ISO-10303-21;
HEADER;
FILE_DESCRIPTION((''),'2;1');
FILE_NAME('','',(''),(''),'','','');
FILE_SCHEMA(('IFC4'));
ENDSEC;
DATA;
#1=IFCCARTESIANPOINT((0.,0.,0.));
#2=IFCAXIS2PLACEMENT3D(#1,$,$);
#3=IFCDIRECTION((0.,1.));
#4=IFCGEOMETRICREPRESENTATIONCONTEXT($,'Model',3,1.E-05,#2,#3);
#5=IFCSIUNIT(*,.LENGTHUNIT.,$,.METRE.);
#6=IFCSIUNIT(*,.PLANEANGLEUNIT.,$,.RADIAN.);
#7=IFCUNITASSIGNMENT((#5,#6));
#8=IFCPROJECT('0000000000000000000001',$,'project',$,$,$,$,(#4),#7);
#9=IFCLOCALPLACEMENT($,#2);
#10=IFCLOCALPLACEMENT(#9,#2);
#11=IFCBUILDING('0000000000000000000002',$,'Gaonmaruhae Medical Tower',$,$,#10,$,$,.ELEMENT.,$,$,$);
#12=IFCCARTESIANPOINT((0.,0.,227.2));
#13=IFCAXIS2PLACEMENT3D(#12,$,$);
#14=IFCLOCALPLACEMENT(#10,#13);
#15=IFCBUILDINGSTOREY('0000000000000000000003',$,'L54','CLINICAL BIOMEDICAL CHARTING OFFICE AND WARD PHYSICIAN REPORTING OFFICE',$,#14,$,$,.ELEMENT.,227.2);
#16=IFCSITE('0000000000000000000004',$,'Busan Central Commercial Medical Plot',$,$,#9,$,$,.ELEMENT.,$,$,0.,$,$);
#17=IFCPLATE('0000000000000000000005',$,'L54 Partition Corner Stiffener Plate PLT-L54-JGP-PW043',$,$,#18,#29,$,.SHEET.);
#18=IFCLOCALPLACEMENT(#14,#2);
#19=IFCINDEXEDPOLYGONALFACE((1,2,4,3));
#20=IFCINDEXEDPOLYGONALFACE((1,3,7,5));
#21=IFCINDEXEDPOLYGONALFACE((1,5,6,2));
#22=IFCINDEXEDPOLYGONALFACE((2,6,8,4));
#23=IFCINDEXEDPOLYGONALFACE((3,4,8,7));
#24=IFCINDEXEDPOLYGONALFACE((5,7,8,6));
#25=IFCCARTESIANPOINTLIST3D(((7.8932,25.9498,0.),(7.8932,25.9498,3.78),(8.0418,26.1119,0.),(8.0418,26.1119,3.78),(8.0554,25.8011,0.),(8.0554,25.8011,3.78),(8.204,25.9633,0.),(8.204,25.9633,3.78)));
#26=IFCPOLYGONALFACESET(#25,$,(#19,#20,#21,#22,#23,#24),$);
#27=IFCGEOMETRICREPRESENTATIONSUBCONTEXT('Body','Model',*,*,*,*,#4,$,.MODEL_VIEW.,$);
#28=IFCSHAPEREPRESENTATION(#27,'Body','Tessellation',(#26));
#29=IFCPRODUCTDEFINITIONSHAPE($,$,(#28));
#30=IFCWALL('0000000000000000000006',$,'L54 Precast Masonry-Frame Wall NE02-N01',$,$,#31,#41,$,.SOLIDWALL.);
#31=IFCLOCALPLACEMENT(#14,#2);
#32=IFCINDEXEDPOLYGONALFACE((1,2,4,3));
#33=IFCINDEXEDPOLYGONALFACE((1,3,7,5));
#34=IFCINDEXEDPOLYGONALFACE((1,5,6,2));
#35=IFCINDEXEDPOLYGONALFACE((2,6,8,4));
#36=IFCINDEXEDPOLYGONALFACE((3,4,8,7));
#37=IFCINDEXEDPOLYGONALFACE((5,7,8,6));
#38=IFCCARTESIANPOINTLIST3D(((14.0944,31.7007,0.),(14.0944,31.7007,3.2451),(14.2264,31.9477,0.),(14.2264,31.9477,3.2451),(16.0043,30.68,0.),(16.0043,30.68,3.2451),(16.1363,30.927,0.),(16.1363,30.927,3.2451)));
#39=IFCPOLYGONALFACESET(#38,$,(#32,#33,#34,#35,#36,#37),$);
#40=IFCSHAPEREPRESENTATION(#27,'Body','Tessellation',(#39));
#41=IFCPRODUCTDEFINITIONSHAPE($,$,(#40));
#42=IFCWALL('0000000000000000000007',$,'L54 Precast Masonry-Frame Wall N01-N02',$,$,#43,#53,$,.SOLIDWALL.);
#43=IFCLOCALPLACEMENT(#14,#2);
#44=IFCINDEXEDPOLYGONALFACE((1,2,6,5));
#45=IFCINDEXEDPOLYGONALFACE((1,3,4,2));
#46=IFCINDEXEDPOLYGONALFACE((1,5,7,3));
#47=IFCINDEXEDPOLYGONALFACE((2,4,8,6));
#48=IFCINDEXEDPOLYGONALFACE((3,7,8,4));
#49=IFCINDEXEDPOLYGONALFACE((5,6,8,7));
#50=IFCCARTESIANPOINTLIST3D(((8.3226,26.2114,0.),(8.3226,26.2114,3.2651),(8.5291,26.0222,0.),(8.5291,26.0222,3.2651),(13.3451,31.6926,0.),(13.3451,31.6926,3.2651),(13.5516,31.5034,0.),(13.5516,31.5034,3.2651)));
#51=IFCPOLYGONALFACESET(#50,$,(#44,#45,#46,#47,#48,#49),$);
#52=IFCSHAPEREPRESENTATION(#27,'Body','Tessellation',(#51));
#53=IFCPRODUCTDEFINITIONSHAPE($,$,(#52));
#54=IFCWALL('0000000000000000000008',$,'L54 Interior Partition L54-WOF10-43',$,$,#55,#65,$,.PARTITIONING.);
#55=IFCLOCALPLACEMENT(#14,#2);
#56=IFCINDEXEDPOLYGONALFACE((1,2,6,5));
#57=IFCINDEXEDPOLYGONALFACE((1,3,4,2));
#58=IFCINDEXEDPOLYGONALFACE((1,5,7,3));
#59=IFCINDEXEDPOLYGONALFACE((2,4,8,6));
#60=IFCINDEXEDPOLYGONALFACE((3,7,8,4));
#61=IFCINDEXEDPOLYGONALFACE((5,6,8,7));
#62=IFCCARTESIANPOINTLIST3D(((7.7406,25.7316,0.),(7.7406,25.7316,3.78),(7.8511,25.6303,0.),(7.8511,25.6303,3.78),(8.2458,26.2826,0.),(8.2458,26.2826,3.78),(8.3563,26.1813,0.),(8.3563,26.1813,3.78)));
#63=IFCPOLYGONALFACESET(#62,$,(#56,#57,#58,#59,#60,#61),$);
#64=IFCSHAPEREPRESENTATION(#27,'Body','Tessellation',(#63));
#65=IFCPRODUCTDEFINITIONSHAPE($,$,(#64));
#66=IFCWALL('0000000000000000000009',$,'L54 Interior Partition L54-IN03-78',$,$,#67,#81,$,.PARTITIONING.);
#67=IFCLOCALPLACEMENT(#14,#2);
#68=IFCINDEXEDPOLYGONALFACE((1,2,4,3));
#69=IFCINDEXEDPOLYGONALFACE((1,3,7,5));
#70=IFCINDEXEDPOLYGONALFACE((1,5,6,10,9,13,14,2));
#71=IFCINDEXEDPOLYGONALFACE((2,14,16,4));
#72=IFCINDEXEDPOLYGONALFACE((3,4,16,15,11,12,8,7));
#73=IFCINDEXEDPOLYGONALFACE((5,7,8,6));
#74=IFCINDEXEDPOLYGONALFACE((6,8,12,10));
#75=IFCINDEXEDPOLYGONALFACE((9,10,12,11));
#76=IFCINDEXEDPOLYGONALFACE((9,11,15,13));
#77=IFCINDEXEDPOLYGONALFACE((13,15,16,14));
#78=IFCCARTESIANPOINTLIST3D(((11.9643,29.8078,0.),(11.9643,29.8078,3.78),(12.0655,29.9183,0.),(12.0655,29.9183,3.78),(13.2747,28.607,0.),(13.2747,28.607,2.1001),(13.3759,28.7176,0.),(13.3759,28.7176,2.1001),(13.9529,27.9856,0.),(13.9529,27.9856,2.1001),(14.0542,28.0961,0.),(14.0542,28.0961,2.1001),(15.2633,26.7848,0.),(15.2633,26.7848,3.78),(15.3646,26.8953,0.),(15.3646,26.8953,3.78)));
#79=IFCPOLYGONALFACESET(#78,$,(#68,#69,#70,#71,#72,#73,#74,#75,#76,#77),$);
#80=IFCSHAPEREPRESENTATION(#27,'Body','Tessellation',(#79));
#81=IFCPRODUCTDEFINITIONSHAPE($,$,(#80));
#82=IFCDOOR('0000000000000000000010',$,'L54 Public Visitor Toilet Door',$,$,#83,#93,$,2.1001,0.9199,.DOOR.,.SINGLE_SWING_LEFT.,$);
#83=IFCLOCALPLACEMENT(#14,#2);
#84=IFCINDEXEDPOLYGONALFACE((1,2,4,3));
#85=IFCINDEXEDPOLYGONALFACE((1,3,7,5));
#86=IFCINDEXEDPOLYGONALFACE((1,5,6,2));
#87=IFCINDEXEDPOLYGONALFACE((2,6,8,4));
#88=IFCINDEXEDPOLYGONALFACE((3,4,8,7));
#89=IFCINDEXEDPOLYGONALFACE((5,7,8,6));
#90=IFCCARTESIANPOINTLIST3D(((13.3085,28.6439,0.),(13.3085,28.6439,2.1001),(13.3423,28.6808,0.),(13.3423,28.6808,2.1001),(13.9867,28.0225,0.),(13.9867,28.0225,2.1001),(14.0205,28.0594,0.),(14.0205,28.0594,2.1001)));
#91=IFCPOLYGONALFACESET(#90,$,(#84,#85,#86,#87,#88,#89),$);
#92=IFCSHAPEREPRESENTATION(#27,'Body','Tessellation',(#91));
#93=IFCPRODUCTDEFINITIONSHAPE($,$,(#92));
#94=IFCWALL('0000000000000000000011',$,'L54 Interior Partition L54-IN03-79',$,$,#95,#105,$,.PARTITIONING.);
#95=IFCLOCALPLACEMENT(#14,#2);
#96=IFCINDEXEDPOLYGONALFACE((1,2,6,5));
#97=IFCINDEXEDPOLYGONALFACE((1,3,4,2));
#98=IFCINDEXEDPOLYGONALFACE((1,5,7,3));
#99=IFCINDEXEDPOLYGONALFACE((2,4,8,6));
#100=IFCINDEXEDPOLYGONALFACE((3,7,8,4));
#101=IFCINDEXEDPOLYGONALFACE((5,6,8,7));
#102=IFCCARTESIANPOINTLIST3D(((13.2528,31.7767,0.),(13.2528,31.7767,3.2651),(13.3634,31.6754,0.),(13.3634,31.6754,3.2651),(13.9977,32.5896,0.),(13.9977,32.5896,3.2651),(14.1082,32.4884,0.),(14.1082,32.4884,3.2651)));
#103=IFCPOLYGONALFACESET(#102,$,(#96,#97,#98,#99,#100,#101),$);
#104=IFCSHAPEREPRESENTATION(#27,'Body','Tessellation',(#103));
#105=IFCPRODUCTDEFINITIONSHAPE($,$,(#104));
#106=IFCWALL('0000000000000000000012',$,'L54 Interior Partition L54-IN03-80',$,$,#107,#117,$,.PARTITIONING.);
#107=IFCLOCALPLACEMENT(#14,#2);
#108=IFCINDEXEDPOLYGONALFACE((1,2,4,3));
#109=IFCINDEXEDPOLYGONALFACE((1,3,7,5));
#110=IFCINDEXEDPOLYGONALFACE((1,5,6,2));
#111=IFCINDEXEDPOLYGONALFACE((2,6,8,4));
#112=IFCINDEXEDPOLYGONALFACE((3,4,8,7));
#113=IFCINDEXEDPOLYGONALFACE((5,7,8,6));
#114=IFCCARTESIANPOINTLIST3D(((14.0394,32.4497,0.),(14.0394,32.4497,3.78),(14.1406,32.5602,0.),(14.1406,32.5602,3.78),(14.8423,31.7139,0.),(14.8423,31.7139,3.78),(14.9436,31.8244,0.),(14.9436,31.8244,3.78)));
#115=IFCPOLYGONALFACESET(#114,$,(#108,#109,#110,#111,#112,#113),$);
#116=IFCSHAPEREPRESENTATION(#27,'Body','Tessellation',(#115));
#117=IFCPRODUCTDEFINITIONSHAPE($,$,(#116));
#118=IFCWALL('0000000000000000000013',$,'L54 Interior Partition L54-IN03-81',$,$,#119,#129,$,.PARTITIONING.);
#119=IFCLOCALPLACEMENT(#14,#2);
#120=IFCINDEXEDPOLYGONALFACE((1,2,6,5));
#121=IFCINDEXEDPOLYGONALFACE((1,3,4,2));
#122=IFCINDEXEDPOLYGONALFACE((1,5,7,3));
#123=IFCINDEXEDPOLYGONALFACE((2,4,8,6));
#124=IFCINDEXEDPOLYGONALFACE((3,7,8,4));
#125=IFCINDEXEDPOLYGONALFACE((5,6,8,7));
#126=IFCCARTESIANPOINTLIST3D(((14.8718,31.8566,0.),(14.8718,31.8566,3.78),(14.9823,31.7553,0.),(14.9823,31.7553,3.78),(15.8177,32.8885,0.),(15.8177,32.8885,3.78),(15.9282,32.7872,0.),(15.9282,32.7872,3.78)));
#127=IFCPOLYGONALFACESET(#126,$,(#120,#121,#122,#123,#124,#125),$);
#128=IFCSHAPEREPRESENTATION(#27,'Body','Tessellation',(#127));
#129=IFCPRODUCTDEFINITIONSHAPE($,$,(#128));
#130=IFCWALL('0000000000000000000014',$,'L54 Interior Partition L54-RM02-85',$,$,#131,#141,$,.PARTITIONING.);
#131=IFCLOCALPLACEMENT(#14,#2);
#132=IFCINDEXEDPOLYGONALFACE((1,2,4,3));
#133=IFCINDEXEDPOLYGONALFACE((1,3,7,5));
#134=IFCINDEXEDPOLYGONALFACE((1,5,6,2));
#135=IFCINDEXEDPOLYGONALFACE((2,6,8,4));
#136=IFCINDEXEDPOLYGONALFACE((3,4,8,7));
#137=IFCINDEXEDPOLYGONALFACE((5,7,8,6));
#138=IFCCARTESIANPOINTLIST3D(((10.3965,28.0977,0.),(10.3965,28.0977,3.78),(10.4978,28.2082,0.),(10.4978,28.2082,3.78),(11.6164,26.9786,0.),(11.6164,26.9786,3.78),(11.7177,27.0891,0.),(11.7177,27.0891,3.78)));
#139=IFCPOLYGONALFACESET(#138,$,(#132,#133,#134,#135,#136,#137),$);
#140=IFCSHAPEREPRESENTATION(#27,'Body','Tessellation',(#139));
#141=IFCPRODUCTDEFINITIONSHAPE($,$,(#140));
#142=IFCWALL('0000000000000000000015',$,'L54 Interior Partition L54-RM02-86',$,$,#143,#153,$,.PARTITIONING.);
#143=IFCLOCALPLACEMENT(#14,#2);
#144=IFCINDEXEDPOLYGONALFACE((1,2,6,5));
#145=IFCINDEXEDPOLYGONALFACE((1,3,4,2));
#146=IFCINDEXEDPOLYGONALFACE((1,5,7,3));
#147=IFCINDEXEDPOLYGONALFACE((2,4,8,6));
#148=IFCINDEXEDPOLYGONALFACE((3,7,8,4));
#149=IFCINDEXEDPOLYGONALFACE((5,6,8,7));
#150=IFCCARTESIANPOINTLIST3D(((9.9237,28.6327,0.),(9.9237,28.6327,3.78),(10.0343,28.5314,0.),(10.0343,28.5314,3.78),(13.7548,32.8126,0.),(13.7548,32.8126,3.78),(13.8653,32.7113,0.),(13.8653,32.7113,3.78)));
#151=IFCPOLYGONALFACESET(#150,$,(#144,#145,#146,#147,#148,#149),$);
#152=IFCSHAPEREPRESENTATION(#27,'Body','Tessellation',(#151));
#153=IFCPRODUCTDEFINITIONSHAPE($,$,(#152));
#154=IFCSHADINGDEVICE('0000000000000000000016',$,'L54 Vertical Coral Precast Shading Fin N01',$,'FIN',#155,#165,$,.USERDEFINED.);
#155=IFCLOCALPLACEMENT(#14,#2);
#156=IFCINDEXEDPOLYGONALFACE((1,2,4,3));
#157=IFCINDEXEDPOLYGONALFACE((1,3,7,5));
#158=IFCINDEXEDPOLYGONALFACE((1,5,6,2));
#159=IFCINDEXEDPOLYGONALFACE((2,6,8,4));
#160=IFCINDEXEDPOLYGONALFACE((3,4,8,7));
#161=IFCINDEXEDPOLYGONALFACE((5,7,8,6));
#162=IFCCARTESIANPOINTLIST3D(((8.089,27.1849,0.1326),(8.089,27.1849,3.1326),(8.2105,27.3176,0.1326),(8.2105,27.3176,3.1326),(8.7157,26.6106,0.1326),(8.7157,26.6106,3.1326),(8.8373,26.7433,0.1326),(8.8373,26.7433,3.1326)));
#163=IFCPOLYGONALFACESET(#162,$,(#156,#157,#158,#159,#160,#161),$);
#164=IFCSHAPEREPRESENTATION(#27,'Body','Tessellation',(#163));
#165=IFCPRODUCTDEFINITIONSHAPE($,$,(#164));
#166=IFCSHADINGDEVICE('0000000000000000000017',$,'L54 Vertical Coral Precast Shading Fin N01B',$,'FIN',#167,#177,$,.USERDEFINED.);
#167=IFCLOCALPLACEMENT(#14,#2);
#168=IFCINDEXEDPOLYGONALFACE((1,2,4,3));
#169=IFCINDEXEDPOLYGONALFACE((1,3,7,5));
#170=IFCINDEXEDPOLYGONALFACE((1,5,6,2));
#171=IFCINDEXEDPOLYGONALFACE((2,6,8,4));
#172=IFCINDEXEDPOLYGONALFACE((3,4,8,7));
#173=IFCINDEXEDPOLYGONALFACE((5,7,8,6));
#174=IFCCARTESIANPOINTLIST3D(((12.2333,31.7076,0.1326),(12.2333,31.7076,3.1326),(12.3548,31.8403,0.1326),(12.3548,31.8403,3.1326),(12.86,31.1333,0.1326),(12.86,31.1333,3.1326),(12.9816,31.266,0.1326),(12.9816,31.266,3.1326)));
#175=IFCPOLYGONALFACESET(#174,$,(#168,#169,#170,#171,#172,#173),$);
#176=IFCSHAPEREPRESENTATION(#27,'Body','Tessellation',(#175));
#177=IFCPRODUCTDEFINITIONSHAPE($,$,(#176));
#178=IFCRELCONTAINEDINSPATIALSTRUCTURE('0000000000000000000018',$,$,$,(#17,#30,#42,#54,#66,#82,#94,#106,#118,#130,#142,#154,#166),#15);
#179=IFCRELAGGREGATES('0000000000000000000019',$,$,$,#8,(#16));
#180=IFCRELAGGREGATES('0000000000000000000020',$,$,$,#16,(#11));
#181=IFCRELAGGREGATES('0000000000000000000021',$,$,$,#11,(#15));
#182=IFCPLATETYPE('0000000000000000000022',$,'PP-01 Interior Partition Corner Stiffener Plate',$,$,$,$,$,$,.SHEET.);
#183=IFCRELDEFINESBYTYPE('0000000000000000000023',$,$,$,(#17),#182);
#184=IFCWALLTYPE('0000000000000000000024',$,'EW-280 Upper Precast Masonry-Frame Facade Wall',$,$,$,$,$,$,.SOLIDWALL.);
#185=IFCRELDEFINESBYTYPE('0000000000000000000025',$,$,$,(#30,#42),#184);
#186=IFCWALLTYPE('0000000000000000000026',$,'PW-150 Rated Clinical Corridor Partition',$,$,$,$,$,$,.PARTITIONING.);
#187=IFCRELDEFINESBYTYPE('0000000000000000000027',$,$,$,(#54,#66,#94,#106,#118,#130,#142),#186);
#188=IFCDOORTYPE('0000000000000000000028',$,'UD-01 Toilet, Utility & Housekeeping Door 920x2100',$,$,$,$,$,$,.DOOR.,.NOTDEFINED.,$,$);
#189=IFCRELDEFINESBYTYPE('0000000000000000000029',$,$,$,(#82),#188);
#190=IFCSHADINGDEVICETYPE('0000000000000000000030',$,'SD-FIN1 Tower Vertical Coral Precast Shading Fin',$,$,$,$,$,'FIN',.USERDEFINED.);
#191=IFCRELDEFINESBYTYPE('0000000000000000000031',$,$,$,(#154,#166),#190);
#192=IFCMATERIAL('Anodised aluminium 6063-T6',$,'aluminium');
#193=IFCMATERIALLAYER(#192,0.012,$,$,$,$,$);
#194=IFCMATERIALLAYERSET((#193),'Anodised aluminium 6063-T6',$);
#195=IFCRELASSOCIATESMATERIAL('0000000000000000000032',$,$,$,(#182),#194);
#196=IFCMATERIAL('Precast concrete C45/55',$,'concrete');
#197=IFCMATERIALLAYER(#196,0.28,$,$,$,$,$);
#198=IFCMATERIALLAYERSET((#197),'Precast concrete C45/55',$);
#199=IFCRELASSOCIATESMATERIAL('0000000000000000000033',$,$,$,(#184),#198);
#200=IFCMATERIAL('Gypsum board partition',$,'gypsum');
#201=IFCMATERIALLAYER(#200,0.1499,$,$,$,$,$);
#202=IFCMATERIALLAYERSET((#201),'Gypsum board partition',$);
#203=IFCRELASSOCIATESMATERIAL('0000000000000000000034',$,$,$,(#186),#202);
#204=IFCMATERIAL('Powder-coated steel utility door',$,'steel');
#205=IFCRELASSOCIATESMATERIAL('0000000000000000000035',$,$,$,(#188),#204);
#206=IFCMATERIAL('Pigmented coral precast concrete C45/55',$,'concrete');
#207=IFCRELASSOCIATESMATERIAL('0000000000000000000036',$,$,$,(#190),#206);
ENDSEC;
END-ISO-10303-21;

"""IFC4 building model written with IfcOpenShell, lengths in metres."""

from ifc_helpers import new_model, si_unit, direction, frame, frame_2d, origin, origin_2d, place, context, subcontext, project, spatial, rectangle, extrude, material, layer, layer_set, type_object, element, fill, save


model = new_model("IFC4")

# Units and contexts
model_context = context("Model", 3, precision=1e-05, world=origin(), true_north=direction((0.0, 1.0)))
body_context = subcontext(model_context, "Body", "Model", "MODEL_VIEW")
ifc_project = project(units=[si_unit("LENGTHUNIT", "METRE"), si_unit("PLANEANGLEUNIT", "RADIAN")], contexts=[model_context])

# Site, building, storey
site_placement = place(None, origin())
site = spatial("IfcSite", under=ifc_project, at=site_placement, Name="Busan Central Commercial Medical Plot", CompositionType="ELEMENT", RefElevation=0.0)
building_placement = place(site_placement, origin())
building = spatial("IfcBuilding", under=site, at=building_placement, Name="Gaonmaruhae Medical Tower", CompositionType="ELEMENT")
storey_placement = place(building_placement, frame((0.0, 0.0, 227.2)))
storey = spatial("IfcBuildingStorey", under=building, at=storey_placement, Name="L54", Description="CLINICAL BIOMEDICAL CHARTING OFFICE AND WARD PHYSICIAN REPORTING OFFICE", CompositionType="ELEMENT", Elevation=227.2)

# Plate
ifc_material_1 = material(Name="Anodised aluminium 6063-T6", Category="aluminium")
ifc_layer_1 = layer(ifc_material_1, 0.012)
ifc_layer_set_1 = layer_set([ifc_layer_1], Name="Anodised aluminium 6063-T6")
plate_type_1 = type_object("IfcPlateType", Name="PP-01 Interior Partition Corner Stiffener Plate", PredefinedType="SHEET", material=ifc_layer_set_1)
plate_1_placement = place(storey_placement, frame((8.0486, 25.9565, 0.0), z_axis=(0.0, 0.0, 1.0), x_axis=(0.675667, 0.737207, 0.0)))
element("IfcPlate", 1, at=plate_1_placement, inside=storey, type_object=plate_type_1, Name="L54 Partition Corner Stiffener Plate PLT-L54-JGP-PW043", PredefinedType="SHEET", context=body_context, shape_type="SweptSolid", body=[
    extrude(rectangle(XDim=0.22, YDim=0.22, at=origin_2d()), origin(), (0.0, 0.0, 1.0), 3.78),
])

# Walls
ifc_material_2 = material(Name="Precast concrete C45/55", Category="concrete")
ifc_layer_2 = layer(ifc_material_2, 0.28)
ifc_layer_set_2 = layer_set([ifc_layer_2], Name="Precast concrete C45/55")
wall_type_1 = type_object("IfcWallType", Name="EW-280 Upper Precast Masonry-Frame Facade Wall", PredefinedType="SOLIDWALL", material=ifc_layer_set_2)
wall_1_placement = place(storey_placement, frame((14.1604, 31.8242, 0.0), z_axis=(0.0, 0.0, 1.0), x_axis=(0.881944, -0.471355, 0.0)))
element("IfcWall", 2, at=wall_1_placement, inside=storey, type_object=wall_type_1, Name="L54 Precast Masonry-Frame Wall NE02-N01", PredefinedType="SOLIDWALL", context=body_context, shape_type="SweptSolid", body=[
    extrude(rectangle(XDim=2.1655, YDim=0.28, at=frame_2d((1.0828, 0.0))), origin(), (0.0, 0.0, 1.0), 3.2451),
])
wall_2_placement = place(storey_placement, frame((8.4258, 26.1167, 0.0), z_axis=(0.0, 0.0, 1.0), x_axis=(0.67558, 0.737286, 0.0)))
element("IfcWall", 3, at=wall_2_placement, inside=storey, type_object=wall_type_1, Name="L54 Precast Masonry-Frame Wall N01-N02", PredefinedType="SOLIDWALL", context=body_context, shape_type="SweptSolid", body=[
    extrude(rectangle(XDim=7.4343, YDim=0.28, at=frame_2d((3.7173, 0.0))), origin(), (0.0, 0.0, 1.0), 3.2651),
])
ifc_material_3 = material(Name="Gypsum board partition", Category="gypsum")
ifc_layer_3 = layer(ifc_material_3, 0.1499)
ifc_layer_set_3 = layer_set([ifc_layer_3], Name="Gypsum board partition")
wall_type_2 = type_object("IfcWallType", Name="PW-150 Rated Clinical Corridor Partition", PredefinedType="PARTITIONING", material=ifc_layer_set_3)
wall_3_placement = place(storey_placement, frame((7.7959, 25.6809, 0.0), z_axis=(0.0, 0.0, 1.0), x_axis=(0.675739, 0.737141, 0.0)))
element("IfcWall", 4, at=wall_3_placement, inside=storey, type_object=wall_type_2, Name="L54 Interior Partition L54-WOF10-43", PredefinedType="PARTITIONING", context=body_context, shape_type="SweptSolid", body=[
    extrude(rectangle(XDim=0.7476, YDim=0.1499, at=frame_2d((0.3738, 0.0))), origin(), (0.0, 0.0, 1.0), 3.78),
])

# Wall, opening, door
wall_4_placement = place(storey_placement, frame((15.314, 26.8401, 0.0), z_axis=(0.0, 0.0, 1.0), x_axis=(-0.737288, 0.675579, 0.0)))
wall_4 = element("IfcWall", 5, at=wall_4_placement, inside=storey, type_object=wall_type_2, Name="L54 Interior Partition L54-IN03-78", PredefinedType="PARTITIONING", context=body_context, shape_type="SweptSolid", body=[
    extrude(rectangle(XDim=4.4746, YDim=0.1499, at=frame_2d((2.2373, 0.0))), origin(), (0.0, 0.0, 1.0), 3.78),
])
opening_1_placement = place(wall_4_placement, frame((1.7773, 0.0, 0.0)))
opening_1 = element("IfcOpeningElement", 6, at=opening_1_placement, cuts=wall_4, PredefinedType="OPENING", context=body_context, shape_type="SweptSolid", body=[
    extrude(rectangle(XDim=0.9199, YDim=2.1001, at=frame_2d((0.46, 1.05))), frame((0.0, 0.085, 0.0), z_axis=(0.0, -1.0, 0.0), x_axis=(1.0, 0.0, 0.0)), (0.0, 0.0, 1.0), 0.1699),
])
ifc_material_4 = material(Name="Powder-coated steel utility door", Category="steel")
door_type_1 = type_object("IfcDoorType", Name="UD-01 Toilet, Utility & Housekeeping Door 920x2100", OperationType="NOTDEFINED", PredefinedType="DOOR", material=ifc_material_4)
door_1_placement = place(opening_1_placement, origin())
door_1 = element("IfcDoor", 7, at=door_1_placement, inside=storey, type_object=door_type_1, Name="L54 Public Visitor Toilet Door", OperationType="SINGLE_SWING_LEFT", OverallHeight=2.1001, OverallWidth=0.9199, PredefinedType="DOOR", context=body_context, shape_type="SweptSolid", body=[
    extrude(rectangle(XDim=0.9199, YDim=2.1001, at=frame_2d((0.46, 1.05))), frame((0.0, 0.0249, 0.0), z_axis=(0.0, -1.0, 0.0), x_axis=(1.0, 0.0, 0.0)), (0.0, 0.0, 1.0), 0.05),
])
fill(opening_1, door_1)

# Walls
wall_5_placement = place(storey_placement, frame((13.3081, 31.7261, 0.0), z_axis=(0.0, 0.0, 1.0), x_axis=(0.675544, 0.73732, 0.0)))
element("IfcWall", 8, at=wall_5_placement, inside=storey, type_object=wall_type_2, Name="L54 Interior Partition L54-IN03-79", PredefinedType="PARTITIONING", context=body_context, shape_type="SweptSolid", body=[
    extrude(rectangle(XDim=1.1025, YDim=0.1499, at=frame_2d((0.5513, 0.0))), origin(), (0.0, 0.0, 1.0), 3.2651),
])
wall_6_placement = place(storey_placement, frame((14.0901, 32.5049, 0.0), z_axis=(0.0, 0.0, 1.0), x_axis=(0.737256, -0.675613, 0.0)))
element("IfcWall", 9, at=wall_6_placement, inside=storey, type_object=wall_type_2, Name="L54 Interior Partition L54-IN03-80", PredefinedType="PARTITIONING", context=body_context, shape_type="SweptSolid", body=[
    extrude(rectangle(XDim=1.0891, YDim=0.1499, at=frame_2d((0.5444, 0.0))), origin(), (0.0, 0.0, 1.0), 3.78),
])
wall_7_placement = place(storey_placement, frame((14.927, 31.8059, 0.0), z_axis=(0.0, 0.0, 1.0), x_axis=(0.675748, 0.737132, 0.0)))
element("IfcWall", 10, at=wall_7_placement, inside=storey, type_object=wall_type_2, Name="L54 Interior Partition L54-IN03-81", PredefinedType="PARTITIONING", context=body_context, shape_type="SweptSolid", body=[
    extrude(rectangle(XDim=1.3999, YDim=0.1499, at=frame_2d((0.7, 0.0))), origin(), (0.0, 0.0, 1.0), 3.78),
])

# Walls
wall_8_placement = place(storey_placement, frame((11.667, 27.0339, 0.0), z_axis=(0.0, 0.0, 1.0), x_axis=(-0.736903, 0.675998, 0.0)))
element("IfcWall", 11, at=wall_8_placement, inside=storey, type_object=wall_type_2, Name="L54 Interior Partition L54-RM02-85", PredefinedType="PARTITIONING", context=body_context, shape_type="SweptSolid", body=[
    extrude(rectangle(XDim=1.6555, YDim=0.1499, at=frame_2d((0.8276, 0.0))), origin(), (0.0, 0.0, 1.0), 3.78),
])
wall_9_placement = place(storey_placement, frame((9.979, 28.582, 0.0), z_axis=(0.0, 0.0, 1.0), x_axis=(0.675672, 0.737202, 0.0)))
element("IfcWall", 12, at=wall_9_placement, inside=storey, type_object=wall_type_2, Name="L54 Interior Partition L54-RM02-86", PredefinedType="PARTITIONING", context=body_context, shape_type="SweptSolid", body=[
    extrude(rectangle(XDim=5.6699, YDim=0.1499, at=frame_2d((2.835, 0.0))), origin(), (0.0, 0.0, 1.0), 3.78),
])

# Shading devices
ifc_material_5 = material(Name="Pigmented coral precast concrete C45/55", Category="concrete")
shading_device_type = type_object("IfcShadingDeviceType", Name="SD-FIN1 Tower Vertical Coral Precast Shading Fin", ElementType="FIN", PredefinedType="USERDEFINED", material=ifc_material_5)
for number, where, z_axis, x_axis, name in (
    (13, (8.4631, 26.9641, 0.1326), (0.0, 0.0, 1.0), (0.67559, 0.737277, 0.0), "L54 Vertical Coral Precast Shading Fin N01"),
    (14, (12.6074, 31.4868, 0.1326), (0.0, 0.0, 1.0), (0.67559, 0.737277, 0.0), "L54 Vertical Coral Precast Shading Fin N01B"),
):
    element("IfcShadingDevice", number, at=place(storey_placement, frame(where, z_axis=z_axis, x_axis=x_axis)), inside=storey, type_object=shading_device_type, Name=name, ObjectType="FIN", PredefinedType="USERDEFINED", context=body_context, shape_type="SweptSolid", body=[
        extrude(rectangle(XDim=0.1799, YDim=0.8501, at=origin_2d()), origin(), (0.0, 0.0, 1.0), 3.0),
    ])

save(model, "model.ifc")
